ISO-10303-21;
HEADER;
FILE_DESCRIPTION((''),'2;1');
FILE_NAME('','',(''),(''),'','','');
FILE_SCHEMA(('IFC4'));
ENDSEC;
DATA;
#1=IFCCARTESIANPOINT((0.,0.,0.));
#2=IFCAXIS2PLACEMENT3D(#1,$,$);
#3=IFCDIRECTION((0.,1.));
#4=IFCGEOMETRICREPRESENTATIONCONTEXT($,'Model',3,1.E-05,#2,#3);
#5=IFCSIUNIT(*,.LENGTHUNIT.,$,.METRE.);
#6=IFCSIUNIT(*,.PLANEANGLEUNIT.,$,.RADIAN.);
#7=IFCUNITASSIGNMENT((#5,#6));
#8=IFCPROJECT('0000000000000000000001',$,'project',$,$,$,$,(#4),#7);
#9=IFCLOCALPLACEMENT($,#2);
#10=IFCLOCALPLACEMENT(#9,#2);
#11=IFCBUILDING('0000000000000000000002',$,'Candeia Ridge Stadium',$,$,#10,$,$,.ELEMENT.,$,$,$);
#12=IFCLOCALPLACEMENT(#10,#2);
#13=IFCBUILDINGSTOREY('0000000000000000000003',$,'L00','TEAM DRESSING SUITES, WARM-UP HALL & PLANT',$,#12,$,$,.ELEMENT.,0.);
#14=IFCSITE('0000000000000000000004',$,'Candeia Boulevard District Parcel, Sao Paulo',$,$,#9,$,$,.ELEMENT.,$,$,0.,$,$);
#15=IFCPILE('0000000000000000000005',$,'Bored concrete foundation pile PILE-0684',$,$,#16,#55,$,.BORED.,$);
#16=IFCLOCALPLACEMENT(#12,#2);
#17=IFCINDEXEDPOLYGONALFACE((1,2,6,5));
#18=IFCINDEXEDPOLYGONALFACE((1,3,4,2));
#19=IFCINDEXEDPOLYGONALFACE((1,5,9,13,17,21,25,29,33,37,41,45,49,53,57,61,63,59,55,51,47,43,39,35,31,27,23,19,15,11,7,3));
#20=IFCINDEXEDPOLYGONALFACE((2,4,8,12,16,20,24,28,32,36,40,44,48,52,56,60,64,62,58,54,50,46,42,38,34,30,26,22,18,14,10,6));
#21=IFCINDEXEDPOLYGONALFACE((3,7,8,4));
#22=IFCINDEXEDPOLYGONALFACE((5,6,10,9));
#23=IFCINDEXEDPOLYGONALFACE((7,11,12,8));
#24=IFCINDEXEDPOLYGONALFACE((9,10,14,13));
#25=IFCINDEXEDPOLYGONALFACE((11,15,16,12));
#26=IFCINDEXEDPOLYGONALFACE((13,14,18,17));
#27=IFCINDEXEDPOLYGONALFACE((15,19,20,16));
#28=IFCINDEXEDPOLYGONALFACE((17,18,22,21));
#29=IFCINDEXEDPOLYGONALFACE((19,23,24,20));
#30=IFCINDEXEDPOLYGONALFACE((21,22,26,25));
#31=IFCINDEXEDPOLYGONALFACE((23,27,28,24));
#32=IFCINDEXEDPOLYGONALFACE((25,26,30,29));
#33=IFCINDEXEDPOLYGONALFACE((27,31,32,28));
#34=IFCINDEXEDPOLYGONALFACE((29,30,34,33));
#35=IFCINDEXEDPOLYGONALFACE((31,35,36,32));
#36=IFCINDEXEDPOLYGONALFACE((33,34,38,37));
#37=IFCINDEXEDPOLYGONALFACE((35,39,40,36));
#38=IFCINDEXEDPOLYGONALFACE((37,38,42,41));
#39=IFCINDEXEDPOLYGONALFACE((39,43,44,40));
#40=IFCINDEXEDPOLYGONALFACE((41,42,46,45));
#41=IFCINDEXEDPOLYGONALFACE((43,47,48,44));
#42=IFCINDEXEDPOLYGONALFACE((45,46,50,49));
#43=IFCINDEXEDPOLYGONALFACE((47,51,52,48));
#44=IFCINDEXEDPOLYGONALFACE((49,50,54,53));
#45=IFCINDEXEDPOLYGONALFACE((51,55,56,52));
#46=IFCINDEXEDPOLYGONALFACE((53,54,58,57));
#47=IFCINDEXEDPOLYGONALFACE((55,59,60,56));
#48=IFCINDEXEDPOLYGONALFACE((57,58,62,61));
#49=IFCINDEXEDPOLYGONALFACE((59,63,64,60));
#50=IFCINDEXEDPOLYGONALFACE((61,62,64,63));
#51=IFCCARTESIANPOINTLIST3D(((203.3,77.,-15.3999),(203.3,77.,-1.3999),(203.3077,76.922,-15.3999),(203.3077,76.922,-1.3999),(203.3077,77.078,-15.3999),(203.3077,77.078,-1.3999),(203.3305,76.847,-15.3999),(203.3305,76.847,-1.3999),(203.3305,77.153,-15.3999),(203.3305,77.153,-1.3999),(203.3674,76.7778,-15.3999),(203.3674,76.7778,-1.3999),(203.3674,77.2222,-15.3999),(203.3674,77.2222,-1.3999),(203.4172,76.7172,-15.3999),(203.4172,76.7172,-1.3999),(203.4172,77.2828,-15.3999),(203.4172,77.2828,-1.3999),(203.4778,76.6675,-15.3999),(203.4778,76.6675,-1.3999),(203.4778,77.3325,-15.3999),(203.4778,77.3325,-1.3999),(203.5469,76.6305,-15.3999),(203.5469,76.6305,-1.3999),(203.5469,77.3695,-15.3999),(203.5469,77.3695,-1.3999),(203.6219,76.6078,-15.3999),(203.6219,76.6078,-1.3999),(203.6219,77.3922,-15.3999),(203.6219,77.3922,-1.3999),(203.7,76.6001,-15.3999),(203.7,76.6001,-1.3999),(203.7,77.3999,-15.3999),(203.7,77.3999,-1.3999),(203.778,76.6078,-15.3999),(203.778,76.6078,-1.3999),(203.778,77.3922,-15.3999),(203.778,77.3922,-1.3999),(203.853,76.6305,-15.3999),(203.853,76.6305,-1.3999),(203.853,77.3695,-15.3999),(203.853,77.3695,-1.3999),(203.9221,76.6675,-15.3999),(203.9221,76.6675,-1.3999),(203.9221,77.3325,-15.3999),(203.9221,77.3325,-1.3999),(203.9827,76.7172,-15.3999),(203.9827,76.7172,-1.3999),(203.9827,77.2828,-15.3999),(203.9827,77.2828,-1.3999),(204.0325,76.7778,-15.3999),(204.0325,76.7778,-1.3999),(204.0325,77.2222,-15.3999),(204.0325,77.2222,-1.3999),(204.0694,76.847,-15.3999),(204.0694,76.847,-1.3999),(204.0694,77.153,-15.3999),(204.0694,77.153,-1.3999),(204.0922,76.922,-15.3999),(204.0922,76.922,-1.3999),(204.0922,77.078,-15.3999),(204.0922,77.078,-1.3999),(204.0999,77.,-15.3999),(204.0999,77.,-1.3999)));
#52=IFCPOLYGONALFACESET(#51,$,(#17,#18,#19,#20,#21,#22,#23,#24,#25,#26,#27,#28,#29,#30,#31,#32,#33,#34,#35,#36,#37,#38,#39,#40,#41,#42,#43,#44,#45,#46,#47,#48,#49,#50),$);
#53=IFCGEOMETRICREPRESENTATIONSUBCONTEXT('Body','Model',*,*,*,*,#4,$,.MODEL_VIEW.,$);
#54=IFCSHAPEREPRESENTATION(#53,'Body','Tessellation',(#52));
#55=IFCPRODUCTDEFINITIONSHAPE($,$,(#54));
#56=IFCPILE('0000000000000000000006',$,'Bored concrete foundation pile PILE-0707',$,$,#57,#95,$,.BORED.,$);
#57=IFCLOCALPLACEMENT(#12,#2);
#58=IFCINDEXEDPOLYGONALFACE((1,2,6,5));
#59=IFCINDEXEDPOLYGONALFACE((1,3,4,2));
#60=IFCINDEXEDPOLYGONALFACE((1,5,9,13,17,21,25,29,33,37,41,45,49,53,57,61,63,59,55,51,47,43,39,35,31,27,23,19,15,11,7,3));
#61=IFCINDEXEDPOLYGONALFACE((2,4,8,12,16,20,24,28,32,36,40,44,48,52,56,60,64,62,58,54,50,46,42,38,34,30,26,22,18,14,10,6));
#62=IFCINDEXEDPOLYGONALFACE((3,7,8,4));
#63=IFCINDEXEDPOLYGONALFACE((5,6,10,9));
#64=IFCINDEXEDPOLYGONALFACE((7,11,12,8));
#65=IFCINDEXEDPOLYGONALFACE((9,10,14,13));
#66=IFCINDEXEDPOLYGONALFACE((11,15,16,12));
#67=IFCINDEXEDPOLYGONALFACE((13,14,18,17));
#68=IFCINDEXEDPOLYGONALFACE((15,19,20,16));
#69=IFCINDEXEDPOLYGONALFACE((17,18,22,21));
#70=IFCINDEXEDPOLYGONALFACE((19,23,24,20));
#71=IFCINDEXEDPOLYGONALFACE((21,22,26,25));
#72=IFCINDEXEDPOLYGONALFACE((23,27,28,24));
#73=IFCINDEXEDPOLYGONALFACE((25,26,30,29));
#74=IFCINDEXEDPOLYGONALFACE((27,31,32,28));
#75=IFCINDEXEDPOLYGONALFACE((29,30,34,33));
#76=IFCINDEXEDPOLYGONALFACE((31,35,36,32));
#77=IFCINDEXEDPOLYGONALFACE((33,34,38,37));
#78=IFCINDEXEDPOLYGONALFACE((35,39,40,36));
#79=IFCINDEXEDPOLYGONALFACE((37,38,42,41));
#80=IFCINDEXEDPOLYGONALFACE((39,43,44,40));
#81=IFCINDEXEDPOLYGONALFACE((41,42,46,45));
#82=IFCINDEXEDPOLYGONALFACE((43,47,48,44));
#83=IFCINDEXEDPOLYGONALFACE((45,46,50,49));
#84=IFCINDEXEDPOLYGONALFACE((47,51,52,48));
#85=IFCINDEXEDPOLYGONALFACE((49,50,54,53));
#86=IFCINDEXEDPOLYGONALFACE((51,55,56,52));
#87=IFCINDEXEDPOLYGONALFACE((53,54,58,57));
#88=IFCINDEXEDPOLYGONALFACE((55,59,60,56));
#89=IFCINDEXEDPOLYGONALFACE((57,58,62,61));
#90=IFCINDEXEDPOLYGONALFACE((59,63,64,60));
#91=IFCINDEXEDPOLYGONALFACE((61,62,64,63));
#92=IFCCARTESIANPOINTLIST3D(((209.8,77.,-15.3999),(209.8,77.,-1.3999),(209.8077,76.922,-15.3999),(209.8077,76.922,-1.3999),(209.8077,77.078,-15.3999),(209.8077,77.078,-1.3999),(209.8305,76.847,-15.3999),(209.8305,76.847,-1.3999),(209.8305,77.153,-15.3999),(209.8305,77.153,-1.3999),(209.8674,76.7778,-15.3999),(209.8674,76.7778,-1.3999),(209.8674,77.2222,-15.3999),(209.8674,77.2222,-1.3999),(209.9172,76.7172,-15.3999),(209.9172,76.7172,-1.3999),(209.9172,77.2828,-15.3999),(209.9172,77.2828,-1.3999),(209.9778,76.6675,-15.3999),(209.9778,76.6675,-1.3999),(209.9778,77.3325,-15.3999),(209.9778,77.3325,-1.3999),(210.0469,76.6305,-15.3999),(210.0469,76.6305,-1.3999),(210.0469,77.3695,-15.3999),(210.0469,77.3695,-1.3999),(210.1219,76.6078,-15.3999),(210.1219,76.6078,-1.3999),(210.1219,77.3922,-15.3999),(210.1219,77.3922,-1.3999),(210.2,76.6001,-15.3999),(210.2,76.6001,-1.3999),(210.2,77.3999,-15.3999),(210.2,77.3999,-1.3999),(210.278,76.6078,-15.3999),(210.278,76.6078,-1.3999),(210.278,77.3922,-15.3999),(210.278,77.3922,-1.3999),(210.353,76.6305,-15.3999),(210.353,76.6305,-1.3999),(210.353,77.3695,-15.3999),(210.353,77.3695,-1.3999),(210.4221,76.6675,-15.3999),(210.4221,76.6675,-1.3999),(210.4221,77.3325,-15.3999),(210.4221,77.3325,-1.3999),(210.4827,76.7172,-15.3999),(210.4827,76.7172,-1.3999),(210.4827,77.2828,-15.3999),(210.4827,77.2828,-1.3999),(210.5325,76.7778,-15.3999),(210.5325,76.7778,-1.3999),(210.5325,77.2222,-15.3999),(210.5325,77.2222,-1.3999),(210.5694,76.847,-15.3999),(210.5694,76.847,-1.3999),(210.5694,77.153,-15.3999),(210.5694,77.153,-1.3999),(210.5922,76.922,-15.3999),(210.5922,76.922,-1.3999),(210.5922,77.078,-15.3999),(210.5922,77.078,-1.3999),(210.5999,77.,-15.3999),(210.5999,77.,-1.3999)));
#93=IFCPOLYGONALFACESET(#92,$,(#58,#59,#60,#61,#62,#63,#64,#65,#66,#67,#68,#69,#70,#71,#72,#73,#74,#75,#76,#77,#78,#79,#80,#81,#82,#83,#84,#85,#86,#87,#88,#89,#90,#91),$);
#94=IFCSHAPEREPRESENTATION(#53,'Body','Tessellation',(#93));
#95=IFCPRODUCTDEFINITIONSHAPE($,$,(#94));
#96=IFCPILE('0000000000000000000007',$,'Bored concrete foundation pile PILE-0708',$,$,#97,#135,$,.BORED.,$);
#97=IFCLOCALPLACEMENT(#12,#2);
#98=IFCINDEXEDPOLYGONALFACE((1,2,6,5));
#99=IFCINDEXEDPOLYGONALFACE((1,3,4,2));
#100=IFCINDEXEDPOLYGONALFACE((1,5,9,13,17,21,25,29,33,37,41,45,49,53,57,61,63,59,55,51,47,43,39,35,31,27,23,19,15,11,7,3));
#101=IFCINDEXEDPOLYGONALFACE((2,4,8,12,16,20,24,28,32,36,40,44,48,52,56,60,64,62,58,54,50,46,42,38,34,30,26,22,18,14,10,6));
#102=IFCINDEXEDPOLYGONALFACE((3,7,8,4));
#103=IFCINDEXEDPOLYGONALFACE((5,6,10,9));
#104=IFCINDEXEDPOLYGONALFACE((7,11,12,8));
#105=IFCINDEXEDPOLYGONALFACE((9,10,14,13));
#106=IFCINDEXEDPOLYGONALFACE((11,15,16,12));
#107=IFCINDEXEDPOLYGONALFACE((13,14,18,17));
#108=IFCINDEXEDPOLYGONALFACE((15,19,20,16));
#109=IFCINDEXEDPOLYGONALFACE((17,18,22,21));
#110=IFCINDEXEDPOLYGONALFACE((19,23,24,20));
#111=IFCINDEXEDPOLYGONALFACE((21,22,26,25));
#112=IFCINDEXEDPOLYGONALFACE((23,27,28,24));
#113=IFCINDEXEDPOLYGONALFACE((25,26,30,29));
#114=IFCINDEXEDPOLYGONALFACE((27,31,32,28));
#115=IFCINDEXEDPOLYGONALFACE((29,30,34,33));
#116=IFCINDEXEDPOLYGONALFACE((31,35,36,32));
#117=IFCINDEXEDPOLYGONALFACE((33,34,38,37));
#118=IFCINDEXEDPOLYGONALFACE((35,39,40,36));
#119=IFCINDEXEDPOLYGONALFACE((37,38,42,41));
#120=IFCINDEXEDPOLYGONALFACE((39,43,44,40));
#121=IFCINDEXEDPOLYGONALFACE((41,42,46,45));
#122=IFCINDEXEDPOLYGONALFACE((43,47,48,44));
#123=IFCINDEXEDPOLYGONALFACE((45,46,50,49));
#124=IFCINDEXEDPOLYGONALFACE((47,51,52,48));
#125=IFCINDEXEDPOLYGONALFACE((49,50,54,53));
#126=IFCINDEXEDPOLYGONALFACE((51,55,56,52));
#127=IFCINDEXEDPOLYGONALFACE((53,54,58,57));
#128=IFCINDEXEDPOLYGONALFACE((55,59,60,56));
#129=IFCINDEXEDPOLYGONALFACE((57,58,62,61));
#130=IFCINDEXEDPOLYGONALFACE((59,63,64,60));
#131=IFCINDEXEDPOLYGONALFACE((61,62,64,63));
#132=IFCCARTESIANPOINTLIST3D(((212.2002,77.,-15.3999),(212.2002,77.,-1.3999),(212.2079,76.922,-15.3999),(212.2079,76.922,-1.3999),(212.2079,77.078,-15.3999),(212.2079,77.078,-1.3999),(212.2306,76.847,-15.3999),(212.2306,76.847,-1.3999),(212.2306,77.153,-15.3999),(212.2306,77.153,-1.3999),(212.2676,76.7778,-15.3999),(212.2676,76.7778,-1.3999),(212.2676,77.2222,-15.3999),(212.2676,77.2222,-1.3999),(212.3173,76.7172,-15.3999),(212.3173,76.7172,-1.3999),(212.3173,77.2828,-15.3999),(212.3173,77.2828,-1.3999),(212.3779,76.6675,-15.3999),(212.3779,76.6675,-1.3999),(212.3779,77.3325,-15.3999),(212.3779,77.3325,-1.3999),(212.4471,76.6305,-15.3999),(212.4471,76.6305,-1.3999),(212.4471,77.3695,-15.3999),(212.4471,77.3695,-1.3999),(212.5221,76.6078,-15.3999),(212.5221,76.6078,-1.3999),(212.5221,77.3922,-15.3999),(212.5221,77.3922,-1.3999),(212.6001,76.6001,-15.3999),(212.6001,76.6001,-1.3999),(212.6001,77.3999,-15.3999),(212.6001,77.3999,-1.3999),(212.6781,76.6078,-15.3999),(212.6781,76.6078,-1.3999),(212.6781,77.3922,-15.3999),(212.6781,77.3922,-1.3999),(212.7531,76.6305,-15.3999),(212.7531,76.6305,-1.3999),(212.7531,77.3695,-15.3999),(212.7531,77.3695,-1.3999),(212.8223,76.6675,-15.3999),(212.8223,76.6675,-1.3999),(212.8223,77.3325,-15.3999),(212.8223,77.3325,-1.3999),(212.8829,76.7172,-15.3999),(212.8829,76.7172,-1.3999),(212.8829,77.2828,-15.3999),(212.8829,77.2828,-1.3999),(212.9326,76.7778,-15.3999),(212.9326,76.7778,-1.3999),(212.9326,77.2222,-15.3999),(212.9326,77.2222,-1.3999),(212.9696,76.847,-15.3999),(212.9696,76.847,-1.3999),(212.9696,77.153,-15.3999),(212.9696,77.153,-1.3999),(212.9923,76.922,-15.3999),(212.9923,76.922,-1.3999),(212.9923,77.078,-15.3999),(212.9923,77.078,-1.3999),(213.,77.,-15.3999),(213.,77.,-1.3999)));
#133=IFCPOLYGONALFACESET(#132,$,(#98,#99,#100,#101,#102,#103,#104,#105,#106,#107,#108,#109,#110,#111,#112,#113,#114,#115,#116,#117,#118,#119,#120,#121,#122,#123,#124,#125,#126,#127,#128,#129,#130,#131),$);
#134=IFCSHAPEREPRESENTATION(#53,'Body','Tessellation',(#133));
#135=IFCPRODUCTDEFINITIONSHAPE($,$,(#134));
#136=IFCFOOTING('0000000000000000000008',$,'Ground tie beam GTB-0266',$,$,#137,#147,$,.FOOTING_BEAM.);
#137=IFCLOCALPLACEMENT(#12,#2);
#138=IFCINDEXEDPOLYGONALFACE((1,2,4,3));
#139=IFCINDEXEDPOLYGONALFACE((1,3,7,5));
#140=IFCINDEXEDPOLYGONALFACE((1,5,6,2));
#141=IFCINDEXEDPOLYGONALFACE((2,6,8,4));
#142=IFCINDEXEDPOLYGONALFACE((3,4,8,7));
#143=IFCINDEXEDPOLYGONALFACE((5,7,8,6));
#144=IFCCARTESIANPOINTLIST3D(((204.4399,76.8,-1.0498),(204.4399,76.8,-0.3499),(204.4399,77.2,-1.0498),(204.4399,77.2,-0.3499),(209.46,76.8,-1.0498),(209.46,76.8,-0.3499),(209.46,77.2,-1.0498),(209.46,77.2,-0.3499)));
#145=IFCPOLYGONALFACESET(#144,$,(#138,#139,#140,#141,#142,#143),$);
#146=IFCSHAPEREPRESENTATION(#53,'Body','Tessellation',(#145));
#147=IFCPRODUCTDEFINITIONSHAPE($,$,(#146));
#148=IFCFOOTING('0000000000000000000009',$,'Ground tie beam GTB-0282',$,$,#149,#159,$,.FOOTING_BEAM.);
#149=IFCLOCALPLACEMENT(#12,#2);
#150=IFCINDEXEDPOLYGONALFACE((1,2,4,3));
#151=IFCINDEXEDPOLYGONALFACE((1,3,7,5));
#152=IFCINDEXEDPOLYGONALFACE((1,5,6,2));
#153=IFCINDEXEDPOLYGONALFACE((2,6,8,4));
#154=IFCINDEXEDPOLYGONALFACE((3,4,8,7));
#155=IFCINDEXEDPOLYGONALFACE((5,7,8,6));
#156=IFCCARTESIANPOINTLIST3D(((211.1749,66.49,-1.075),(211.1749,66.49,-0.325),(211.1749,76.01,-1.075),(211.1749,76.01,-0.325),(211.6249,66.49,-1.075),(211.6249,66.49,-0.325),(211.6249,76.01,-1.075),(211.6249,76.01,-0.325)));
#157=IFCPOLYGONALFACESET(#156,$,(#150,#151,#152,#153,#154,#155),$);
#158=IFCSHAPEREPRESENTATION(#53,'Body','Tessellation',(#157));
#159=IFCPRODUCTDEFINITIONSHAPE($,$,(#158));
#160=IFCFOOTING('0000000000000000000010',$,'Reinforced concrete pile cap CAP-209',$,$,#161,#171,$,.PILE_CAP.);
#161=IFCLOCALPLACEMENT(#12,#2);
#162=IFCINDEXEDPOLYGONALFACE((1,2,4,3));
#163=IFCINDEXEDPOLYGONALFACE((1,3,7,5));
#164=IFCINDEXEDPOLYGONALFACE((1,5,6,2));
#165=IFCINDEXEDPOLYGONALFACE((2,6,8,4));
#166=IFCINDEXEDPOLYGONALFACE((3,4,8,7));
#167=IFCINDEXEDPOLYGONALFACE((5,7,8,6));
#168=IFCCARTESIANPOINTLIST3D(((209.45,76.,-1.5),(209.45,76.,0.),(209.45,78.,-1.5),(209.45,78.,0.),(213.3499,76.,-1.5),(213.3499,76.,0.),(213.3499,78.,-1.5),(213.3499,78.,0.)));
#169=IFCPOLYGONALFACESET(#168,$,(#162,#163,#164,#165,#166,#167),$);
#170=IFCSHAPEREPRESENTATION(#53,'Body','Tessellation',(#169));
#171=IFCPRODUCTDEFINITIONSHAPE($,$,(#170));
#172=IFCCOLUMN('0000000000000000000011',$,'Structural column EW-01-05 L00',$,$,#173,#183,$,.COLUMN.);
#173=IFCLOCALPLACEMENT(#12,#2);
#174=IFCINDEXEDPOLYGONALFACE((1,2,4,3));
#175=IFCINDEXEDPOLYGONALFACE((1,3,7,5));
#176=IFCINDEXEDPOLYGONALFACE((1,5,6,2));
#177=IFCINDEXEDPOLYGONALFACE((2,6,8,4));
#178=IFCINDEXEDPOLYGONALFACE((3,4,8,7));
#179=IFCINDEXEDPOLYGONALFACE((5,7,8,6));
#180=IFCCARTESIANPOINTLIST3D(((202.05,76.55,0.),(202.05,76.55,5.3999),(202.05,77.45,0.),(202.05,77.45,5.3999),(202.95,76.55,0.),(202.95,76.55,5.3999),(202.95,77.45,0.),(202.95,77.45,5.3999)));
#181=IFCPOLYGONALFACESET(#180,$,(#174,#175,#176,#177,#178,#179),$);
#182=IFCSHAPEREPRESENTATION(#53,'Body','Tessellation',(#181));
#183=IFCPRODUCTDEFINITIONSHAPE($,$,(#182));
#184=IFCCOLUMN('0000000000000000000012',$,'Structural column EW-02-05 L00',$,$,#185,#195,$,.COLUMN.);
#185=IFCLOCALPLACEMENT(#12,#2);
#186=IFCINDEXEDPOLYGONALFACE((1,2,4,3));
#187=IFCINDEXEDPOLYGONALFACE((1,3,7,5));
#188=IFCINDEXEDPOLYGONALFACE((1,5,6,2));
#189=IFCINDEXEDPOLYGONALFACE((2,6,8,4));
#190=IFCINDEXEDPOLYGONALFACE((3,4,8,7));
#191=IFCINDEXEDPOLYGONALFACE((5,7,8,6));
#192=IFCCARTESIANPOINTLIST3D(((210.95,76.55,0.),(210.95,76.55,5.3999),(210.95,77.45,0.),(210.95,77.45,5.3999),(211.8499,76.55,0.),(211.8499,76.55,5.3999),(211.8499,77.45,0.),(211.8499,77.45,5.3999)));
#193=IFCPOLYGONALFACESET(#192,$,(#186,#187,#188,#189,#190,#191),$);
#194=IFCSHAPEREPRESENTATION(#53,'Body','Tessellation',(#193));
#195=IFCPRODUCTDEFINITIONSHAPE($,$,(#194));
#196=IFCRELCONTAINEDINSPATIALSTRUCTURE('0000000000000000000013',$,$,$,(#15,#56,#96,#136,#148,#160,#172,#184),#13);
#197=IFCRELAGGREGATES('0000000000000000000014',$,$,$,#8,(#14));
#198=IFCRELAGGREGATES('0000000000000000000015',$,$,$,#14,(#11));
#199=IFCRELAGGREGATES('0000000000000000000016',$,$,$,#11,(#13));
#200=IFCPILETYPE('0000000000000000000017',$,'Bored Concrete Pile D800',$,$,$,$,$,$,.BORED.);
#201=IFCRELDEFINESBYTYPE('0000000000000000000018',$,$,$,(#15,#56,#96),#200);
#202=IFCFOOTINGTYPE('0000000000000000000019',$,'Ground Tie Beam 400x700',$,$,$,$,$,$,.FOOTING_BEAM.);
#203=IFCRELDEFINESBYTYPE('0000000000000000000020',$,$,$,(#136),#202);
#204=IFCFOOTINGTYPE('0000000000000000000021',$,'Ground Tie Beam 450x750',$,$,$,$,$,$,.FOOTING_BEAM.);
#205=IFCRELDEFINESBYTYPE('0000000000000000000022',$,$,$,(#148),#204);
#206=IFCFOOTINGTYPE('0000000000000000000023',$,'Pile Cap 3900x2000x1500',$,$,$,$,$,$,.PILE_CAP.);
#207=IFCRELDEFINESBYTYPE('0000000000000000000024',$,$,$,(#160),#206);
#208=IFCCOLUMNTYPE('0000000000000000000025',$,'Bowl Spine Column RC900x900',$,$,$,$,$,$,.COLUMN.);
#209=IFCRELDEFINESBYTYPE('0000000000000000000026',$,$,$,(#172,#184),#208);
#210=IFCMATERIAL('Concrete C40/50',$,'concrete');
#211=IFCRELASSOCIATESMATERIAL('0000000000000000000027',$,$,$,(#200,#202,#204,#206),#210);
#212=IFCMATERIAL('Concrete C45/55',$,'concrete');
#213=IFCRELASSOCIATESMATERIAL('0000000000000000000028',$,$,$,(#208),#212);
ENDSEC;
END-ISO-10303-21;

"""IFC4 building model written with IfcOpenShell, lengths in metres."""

from ifc_helpers import new_model, si_unit, direction, frame, origin, origin_2d, place, context, subcontext, project, spatial, rectangle, circle, extrude, material, material_profile, profile_set, type_object, element, save


model = new_model("IFC4")

# Units and contexts
model_context = context("Model", 3, precision=1e-05, world=origin(), true_north=direction((0.0, 1.0)))
body_context = subcontext(model_context, "Body", "Model", "MODEL_VIEW")
ifc_project = project(units=[si_unit("LENGTHUNIT", "METRE"), si_unit("PLANEANGLEUNIT", "RADIAN")], contexts=[model_context])

# Site, building, storey
site_placement = place(None, origin())
site = spatial("IfcSite", under=ifc_project, at=site_placement, Name="Candeia Boulevard District Parcel, Sao Paulo", CompositionType="ELEMENT", RefElevation=0.0)
building_placement = place(site_placement, origin())
building = spatial("IfcBuilding", under=site, at=building_placement, Name="Candeia Ridge Stadium", CompositionType="ELEMENT")
storey_placement = place(building_placement, origin())
storey = spatial("IfcBuildingStorey", under=building, at=storey_placement, Name="L00", Description="TEAM DRESSING SUITES, WARM-UP HALL & PLANT", CompositionType="ELEMENT", Elevation=0.0)

# Piles
ifc_material_1 = material(Name="Concrete C40/50", Category="concrete")
ifc_material_profile_1 = material_profile(ifc_material_1, circle(Radius=0.3999, at=origin_2d()), Name="PILE-D800", Category="concrete")
ifc_profile_set_1 = profile_set([ifc_material_profile_1], Name="Concrete C40/50")
pile_type = type_object("IfcPileType", Name="Bored Concrete Pile D800", PredefinedType="BORED", material=ifc_profile_set_1)
for number, where, z_axis, x_axis, name in (
    (1, (203.7, 77.0, -1.3999), (0.0, 0.0, -1.0), (1.0, 0.0, 0.0), "Bored concrete foundation pile PILE-0684"),
    (2, (210.2, 77.0, -1.3999), (0.0, 0.0, -1.0), (1.0, 0.0, 0.0), "Bored concrete foundation pile PILE-0707"),
    (3, (212.6001, 77.0, -1.3999), (0.0, 0.0, -1.0), (1.0, 0.0, 0.0), "Bored concrete foundation pile PILE-0708"),
):
    element("IfcPile", number, at=place(storey_placement, frame(where, z_axis=z_axis, x_axis=x_axis)), inside=storey, type_object=pile_type, Name=name, PredefinedType="BORED", context=body_context, shape_type="SweptSolid", body=[
        extrude(circle(Radius=0.3999, at=origin_2d()), origin(), (0.0, 0.0, 1.0), 14.0),
    ])

# Footings
footing_type_1 = type_object("IfcFootingType", Name="Ground Tie Beam 400x700", PredefinedType="FOOTING_BEAM", material=ifc_material_1)
footing_1_placement = place(storey_placement, frame((206.95, 77.0, -1.0498), z_axis=(0.0, 0.0, 1.0), x_axis=(1.0, 0.0, 0.0)))
element("IfcFooting", 4, at=footing_1_placement, inside=storey, type_object=footing_type_1, Name="Ground tie beam GTB-0266", PredefinedType="FOOTING_BEAM", context=body_context, shape_type="SweptSolid", body=[
    extrude(rectangle(XDim=5.02, YDim=0.3999, at=origin_2d()), origin(), (0.0, 0.0, 1.0), 0.7),
])
footing_type_2 = type_object("IfcFootingType", Name="Ground Tie Beam 450x750", PredefinedType="FOOTING_BEAM", material=ifc_material_1)
footing_2_placement = place(storey_placement, frame((211.3999, 71.25, -1.075), z_axis=(0.0, 0.0, 1.0), x_axis=(0.0, 1.0, 0.0)))
element("IfcFooting", 5, at=footing_2_placement, inside=storey, type_object=footing_type_2, Name="Ground tie beam GTB-0282", PredefinedType="FOOTING_BEAM", context=body_context, shape_type="SweptSolid", body=[
    extrude(rectangle(XDim=9.52, YDim=0.45, at=origin_2d()), origin(), (0.0, 0.0, 1.0), 0.75),
])
footing_type_3 = type_object("IfcFootingType", Name="Pile Cap 3900x2000x1500", PredefinedType="PILE_CAP", material=ifc_material_1)
footing_3_placement = place(storey_placement, frame((211.3999, 77.0, -1.5), z_axis=(0.0, 0.0, 1.0), x_axis=(1.0, 0.0, 0.0)))
element("IfcFooting", 6, at=footing_3_placement, inside=storey, type_object=footing_type_3, Name="Reinforced concrete pile cap CAP-209", PredefinedType="PILE_CAP", context=body_context, shape_type="SweptSolid", body=[
    extrude(rectangle(XDim=3.8999, YDim=2.0, at=origin_2d()), origin(), (0.0, 0.0, 1.0), 1.5),
])

# Columns
ifc_material_2 = material(Name="Concrete C45/55", Category="concrete")
ifc_material_profile_2 = material_profile(ifc_material_2, rectangle(XDim=0.8999, YDim=0.8999, at=origin_2d()), Name="RC900x900", Category="concrete")
ifc_profile_set_2 = profile_set([ifc_material_profile_2], Name="Concrete C45/55")
column_type = type_object("IfcColumnType", Name="Bowl Spine Column RC900x900", PredefinedType="COLUMN", material=ifc_profile_set_2)
for number, where, z_axis, x_axis, name in (
    (7, (202.5, 77.0, 0.0), (0.0, 0.0, 1.0), (1.0, 0.0, 0.0), "Structural column EW-01-05 L00"),
    (8, (211.3999, 77.0, 0.0), (0.0, 0.0, 1.0), (1.0, 0.0, 0.0), "Structural column EW-02-05 L00"),
):
    element("IfcColumn", number, at=place(storey_placement, frame(where, z_axis=z_axis, x_axis=x_axis)), inside=storey, type_object=column_type, Name=name, PredefinedType="COLUMN", context=body_context, shape_type="SweptSolid", body=[
        extrude(rectangle(XDim=0.8999, YDim=0.8999, at=origin_2d()), origin(), (0.0, 0.0, 1.0), 5.3999),
    ])

save(model, "model.ifc")
